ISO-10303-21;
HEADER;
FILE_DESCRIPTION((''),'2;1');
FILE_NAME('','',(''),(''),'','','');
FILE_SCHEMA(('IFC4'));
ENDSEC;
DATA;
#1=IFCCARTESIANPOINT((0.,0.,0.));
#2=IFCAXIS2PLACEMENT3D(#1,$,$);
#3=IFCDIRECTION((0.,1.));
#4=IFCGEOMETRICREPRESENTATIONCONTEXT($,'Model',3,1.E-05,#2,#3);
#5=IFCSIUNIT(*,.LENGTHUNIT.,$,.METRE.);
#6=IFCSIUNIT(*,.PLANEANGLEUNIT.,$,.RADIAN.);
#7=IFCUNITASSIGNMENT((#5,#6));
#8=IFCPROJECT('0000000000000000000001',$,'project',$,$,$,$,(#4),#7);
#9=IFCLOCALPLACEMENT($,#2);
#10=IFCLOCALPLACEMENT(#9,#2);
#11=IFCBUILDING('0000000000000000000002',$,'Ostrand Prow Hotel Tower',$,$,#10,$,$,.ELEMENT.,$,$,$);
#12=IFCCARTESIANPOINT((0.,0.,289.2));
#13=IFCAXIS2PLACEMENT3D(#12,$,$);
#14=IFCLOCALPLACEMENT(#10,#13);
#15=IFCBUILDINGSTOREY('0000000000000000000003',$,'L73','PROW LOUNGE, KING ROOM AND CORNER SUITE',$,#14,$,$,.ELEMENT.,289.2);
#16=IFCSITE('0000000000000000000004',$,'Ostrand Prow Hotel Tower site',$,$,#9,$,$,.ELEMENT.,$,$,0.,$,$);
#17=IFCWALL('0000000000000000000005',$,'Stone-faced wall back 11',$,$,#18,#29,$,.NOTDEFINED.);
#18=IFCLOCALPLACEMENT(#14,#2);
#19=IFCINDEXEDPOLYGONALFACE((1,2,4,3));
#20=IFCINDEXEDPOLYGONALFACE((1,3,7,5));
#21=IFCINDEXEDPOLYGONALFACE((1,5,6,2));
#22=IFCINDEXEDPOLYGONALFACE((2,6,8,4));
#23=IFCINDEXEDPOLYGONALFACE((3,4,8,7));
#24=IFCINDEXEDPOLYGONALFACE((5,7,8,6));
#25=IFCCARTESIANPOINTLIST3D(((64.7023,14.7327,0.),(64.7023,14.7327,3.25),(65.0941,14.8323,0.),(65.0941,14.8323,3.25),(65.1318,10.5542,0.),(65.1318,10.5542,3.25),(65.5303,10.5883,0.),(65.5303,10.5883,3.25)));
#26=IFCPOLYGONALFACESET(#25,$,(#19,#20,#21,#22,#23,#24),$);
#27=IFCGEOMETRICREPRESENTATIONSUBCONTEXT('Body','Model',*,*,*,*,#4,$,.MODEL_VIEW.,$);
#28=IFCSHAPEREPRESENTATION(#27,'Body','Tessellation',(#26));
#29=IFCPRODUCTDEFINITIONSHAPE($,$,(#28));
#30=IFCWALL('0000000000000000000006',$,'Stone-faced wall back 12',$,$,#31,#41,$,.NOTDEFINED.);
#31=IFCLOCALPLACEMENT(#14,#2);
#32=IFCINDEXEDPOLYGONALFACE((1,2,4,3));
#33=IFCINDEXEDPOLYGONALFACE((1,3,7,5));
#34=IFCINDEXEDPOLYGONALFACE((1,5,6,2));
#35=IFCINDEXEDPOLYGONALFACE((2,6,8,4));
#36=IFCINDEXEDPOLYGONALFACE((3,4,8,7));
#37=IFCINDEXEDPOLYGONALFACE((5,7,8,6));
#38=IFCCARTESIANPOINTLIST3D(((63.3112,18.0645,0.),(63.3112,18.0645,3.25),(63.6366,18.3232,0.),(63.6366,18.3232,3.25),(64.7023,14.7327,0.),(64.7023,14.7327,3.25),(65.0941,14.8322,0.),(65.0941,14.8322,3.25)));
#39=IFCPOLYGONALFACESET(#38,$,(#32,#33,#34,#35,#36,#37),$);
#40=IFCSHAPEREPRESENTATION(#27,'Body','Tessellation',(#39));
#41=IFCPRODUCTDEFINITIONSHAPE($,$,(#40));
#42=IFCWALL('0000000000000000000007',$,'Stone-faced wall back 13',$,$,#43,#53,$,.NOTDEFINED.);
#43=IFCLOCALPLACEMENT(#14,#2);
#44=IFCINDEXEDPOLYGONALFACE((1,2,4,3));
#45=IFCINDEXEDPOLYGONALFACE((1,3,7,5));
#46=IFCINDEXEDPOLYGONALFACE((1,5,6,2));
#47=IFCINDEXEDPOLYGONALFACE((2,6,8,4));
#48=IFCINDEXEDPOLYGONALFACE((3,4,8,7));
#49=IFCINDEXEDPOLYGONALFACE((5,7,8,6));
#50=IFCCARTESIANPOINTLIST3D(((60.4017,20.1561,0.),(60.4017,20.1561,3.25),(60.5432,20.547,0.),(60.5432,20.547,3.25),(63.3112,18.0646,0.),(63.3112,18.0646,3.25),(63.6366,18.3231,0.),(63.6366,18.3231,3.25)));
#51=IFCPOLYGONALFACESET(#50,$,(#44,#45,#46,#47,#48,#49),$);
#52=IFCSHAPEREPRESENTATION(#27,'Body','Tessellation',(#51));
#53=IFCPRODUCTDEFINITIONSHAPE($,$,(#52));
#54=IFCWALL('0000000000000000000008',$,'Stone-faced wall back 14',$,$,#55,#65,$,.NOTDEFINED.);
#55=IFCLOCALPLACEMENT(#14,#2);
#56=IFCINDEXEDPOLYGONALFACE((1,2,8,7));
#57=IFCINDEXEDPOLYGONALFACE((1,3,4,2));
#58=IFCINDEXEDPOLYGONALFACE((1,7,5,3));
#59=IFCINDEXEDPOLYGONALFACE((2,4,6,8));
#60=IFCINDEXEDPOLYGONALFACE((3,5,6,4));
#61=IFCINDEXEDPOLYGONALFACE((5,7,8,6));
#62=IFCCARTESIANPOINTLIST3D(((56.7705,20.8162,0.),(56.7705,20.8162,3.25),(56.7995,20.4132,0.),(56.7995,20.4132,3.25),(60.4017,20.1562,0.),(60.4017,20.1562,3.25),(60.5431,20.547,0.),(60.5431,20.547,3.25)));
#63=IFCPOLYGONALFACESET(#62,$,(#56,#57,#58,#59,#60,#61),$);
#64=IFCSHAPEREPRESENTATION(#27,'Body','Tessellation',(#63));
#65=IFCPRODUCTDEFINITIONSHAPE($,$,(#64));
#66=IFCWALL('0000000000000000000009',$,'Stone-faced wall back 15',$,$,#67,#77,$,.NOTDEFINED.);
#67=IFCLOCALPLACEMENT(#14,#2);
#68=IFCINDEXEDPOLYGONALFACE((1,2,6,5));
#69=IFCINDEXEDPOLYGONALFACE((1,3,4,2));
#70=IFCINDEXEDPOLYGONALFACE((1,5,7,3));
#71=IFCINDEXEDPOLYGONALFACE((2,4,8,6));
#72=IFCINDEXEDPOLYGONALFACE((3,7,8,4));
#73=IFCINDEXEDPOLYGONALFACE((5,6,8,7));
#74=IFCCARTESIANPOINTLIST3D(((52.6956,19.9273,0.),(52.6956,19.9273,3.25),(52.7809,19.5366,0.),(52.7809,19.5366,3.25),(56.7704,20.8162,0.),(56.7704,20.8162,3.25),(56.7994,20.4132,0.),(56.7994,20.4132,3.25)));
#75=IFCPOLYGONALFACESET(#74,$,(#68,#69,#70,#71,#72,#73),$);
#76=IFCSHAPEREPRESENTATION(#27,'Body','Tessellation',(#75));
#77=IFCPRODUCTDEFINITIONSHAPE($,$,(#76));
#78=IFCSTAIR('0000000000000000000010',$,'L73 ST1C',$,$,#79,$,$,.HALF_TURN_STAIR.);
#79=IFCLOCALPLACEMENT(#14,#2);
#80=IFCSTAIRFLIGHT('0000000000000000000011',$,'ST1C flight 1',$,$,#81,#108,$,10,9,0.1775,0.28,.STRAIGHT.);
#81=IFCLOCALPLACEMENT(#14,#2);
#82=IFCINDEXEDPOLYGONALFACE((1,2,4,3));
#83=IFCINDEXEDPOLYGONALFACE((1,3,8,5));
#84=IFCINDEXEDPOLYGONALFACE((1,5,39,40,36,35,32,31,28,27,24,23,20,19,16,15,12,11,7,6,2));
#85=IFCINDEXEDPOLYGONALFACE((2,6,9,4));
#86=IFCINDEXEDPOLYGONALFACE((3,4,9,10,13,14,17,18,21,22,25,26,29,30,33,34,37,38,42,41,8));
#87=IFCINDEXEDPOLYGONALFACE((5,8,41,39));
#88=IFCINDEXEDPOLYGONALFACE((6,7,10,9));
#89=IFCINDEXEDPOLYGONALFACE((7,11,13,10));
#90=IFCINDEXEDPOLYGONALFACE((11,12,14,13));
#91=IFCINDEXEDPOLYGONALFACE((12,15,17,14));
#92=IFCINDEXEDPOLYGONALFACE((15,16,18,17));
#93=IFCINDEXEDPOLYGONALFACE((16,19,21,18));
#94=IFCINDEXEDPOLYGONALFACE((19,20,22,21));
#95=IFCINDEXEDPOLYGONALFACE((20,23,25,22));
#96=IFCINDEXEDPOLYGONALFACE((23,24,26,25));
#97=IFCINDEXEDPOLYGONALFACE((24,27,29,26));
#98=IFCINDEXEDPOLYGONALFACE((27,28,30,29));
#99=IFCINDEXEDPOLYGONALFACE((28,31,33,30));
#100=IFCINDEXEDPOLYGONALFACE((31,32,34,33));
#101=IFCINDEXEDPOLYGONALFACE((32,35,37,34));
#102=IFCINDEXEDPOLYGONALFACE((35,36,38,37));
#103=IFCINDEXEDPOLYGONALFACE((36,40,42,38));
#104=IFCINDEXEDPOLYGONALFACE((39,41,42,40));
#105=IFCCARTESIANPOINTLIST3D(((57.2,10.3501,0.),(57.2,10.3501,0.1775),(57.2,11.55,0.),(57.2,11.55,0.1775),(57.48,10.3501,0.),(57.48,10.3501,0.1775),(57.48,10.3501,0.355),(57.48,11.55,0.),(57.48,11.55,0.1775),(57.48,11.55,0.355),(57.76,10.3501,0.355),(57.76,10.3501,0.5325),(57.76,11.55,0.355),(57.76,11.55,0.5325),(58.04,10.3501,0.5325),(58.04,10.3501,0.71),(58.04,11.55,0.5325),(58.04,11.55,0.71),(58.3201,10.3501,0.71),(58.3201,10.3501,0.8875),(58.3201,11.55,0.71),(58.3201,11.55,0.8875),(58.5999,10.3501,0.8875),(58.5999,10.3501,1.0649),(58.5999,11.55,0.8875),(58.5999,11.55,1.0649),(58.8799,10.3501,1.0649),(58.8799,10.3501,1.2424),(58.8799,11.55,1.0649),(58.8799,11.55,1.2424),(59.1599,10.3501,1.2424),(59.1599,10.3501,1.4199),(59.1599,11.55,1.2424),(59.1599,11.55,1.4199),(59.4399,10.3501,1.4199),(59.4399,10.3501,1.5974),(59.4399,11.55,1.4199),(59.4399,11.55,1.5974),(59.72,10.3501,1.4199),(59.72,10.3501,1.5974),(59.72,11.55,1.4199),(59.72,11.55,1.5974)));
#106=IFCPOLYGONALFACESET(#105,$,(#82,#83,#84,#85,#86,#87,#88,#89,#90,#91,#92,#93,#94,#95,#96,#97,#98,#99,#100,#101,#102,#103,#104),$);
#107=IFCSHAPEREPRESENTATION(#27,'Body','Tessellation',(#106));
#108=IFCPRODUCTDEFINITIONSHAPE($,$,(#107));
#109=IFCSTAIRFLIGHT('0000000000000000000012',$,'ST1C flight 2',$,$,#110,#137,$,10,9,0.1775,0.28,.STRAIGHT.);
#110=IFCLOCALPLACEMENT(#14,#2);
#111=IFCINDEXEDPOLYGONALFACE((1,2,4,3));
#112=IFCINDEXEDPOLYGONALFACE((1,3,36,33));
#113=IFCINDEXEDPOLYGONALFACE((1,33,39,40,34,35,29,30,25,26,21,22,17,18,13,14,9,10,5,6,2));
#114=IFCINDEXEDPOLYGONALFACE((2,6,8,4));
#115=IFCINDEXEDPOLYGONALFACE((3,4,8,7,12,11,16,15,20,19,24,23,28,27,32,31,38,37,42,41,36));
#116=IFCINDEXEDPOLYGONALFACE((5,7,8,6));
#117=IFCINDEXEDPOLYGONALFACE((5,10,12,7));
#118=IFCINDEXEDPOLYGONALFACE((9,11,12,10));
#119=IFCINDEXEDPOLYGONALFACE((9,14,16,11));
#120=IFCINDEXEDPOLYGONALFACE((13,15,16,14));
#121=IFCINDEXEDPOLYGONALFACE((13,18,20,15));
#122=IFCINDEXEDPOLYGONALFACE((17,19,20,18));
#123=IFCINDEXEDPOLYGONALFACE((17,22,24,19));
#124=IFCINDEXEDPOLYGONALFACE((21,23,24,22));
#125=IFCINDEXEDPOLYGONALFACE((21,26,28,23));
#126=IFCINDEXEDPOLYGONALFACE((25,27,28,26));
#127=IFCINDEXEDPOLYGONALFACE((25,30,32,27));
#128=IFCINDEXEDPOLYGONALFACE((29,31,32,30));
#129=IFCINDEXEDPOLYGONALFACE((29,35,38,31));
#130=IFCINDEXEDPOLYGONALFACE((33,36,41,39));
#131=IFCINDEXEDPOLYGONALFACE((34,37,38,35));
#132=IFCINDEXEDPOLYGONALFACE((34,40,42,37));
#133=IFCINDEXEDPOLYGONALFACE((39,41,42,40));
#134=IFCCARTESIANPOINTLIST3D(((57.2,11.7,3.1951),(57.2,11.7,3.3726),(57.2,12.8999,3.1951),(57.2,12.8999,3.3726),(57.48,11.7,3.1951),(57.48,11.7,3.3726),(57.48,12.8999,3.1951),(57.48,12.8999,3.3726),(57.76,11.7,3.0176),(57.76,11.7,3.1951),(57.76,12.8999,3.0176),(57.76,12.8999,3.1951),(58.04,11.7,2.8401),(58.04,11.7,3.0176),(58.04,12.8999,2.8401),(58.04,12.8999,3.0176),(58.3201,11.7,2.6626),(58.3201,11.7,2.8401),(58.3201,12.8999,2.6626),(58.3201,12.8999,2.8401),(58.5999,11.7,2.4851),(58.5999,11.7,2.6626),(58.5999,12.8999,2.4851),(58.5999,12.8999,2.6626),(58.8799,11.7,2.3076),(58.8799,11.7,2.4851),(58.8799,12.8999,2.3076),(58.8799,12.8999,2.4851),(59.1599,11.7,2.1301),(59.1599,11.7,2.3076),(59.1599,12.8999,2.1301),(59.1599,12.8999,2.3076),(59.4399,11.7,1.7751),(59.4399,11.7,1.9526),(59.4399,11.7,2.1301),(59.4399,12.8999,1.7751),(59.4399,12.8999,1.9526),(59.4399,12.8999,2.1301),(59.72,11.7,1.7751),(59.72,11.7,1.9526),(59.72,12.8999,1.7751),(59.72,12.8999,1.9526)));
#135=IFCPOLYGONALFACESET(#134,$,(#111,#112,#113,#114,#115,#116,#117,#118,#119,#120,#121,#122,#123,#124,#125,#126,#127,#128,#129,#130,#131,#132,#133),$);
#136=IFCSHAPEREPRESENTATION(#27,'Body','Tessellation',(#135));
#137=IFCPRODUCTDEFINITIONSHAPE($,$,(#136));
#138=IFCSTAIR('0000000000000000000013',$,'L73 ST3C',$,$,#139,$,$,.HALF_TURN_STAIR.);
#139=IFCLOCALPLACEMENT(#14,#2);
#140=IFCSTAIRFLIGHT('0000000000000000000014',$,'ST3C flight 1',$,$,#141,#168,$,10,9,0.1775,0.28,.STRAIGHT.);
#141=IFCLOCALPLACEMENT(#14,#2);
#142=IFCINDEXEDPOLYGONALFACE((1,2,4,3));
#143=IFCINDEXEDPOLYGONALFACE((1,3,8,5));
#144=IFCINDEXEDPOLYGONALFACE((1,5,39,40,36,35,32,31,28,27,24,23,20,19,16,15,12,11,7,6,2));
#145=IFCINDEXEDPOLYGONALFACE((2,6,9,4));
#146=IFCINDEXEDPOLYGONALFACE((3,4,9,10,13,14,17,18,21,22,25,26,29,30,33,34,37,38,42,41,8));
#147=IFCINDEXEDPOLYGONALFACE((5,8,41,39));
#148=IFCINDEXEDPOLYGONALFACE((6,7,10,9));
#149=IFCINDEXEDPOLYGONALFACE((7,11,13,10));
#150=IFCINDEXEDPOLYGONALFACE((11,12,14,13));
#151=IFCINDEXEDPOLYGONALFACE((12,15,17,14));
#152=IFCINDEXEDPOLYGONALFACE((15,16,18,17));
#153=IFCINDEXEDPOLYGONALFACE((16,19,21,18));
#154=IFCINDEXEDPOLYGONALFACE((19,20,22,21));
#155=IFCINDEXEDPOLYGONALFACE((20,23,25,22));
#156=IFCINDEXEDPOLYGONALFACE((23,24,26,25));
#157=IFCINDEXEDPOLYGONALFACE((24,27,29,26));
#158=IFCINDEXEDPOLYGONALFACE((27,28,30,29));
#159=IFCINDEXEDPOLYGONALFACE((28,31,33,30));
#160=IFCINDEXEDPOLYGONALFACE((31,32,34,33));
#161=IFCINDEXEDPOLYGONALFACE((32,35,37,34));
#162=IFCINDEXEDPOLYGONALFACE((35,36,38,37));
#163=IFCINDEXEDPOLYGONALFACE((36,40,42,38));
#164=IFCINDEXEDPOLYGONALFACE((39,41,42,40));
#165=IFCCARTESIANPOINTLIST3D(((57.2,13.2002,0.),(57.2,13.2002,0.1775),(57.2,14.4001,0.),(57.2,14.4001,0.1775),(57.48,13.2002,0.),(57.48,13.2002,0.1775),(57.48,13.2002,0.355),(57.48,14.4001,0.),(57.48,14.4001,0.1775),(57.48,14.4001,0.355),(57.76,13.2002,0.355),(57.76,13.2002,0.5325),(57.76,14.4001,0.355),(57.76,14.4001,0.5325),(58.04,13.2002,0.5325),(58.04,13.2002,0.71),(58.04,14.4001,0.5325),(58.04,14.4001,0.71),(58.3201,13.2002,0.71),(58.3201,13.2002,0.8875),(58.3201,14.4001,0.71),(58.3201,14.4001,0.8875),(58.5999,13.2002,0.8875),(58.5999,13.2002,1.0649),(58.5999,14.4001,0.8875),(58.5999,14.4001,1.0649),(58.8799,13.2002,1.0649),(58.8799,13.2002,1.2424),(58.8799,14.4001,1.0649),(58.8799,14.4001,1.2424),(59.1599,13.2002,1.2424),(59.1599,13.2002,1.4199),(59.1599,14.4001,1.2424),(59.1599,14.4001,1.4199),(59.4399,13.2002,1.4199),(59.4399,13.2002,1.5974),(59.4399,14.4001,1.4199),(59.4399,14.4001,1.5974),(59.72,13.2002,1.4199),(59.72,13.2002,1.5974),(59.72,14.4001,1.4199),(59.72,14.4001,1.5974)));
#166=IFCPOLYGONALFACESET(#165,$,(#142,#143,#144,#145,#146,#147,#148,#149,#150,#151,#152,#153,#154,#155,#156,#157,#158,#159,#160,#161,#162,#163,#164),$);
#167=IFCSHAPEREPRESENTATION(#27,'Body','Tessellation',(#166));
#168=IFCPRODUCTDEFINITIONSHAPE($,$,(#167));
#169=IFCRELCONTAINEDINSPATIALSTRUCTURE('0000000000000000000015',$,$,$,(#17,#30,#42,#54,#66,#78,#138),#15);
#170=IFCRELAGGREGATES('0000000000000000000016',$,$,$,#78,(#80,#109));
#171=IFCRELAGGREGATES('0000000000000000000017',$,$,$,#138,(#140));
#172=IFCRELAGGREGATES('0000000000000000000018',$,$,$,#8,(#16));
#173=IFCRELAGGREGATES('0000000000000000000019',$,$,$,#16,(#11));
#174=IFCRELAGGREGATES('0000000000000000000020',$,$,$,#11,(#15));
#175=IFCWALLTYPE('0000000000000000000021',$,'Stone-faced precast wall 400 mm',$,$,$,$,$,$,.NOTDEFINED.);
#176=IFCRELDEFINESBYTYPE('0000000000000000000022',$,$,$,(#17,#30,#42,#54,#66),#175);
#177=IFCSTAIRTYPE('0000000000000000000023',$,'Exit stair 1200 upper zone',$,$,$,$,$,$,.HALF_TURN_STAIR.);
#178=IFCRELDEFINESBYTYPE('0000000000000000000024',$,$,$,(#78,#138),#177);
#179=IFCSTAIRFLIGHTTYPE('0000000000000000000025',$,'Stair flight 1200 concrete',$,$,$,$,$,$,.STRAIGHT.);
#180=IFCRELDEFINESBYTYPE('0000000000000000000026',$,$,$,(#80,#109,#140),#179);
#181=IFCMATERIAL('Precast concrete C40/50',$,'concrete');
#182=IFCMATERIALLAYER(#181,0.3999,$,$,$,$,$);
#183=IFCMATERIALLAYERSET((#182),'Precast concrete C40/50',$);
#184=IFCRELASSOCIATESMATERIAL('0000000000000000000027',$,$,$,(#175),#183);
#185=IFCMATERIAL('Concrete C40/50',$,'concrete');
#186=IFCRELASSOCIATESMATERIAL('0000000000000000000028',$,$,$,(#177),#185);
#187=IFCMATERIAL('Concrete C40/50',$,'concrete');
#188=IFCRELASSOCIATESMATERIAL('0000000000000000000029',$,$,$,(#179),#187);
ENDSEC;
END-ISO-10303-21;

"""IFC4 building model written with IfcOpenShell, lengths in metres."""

from ifc_helpers import new_model, si_unit, direction, frame, origin, place, context, subcontext, project, spatial, polyline, outline, extrude, material, layer, layer_set, type_object, element, aggregate, save


model = new_model("IFC4")

# Units and contexts
model_context = context("Model", 3, precision=1e-05, world=origin(), true_north=direction((0.0, 1.0)))
body_context = subcontext(model_context, "Body", "Model", "MODEL_VIEW")
ifc_project = project(units=[si_unit("LENGTHUNIT", "METRE"), si_unit("PLANEANGLEUNIT", "RADIAN")], contexts=[model_context])

# Site, building, storey
site_placement = place(None, origin())
site = spatial("IfcSite", under=ifc_project, at=site_placement, Name="Ostrand Prow Hotel Tower site", CompositionType="ELEMENT", RefElevation=0.0)
building_placement = place(site_placement, origin())
building = spatial("IfcBuilding", under=site, at=building_placement, Name="Ostrand Prow Hotel Tower", CompositionType="ELEMENT")
storey_placement = place(building_placement, frame((0.0, 0.0, 289.2)))
storey = spatial("IfcBuildingStorey", under=building, at=storey_placement, Name="L73", Description="PROW LOUNGE, KING ROOM AND CORNER SUITE", CompositionType="ELEMENT", Elevation=289.2)

# Shared definitions
ifc_material_1 = material(Name="Precast concrete C40/50", Category="concrete")
ifc_layer_1 = layer(ifc_material_1, 0.3999)
ifc_layer_set_1 = layer_set([ifc_layer_1], Name="Precast concrete C40/50")
wall_type_1 = type_object("IfcWallType", Name="Stone-faced precast wall 400 mm", PredefinedType="NOTDEFINED", material=ifc_layer_set_1)

# Walls
wall_1_placement = place(storey_placement, frame((65.3311, 10.5713, 0.0), z_axis=(0.0, 0.0, 1.0), x_axis=(-0.10225, 0.994759, 0.0)))
element("IfcWall", 1, at=wall_1_placement, inside=storey, type_object=wall_type_1, Name="Stone-faced wall back 11", PredefinedType="NOTDEFINED", context=body_context, shape_type="SweptSolid", body=[
    extrude(outline(polyline([(-0.0034, -0.2), (4.2629, -0.2), (4.2039, 0.2), (0.0034, 0.2), (-0.0034, -0.2)])), origin(), (0.0, 0.0, 1.0), 3.25),
])
wall_2_placement = place(storey_placement, frame((64.8982, 14.7825, 0.0), z_axis=(0.0, 0.0, 1.0), x_axis=(-0.385286, 0.922797, 0.0)))
element("IfcWall", 2, at=wall_2_placement, inside=storey, type_object=wall_type_1, Name="Stone-faced wall back 12", PredefinedType="NOTDEFINED", context=body_context, shape_type="SweptSolid", body=[
    extrude(outline(polyline([(-0.0295, -0.2), (3.7534, -0.2), (3.6401, 0.2), (0.0295, 0.2), (-0.0295, -0.2)])), origin(), (0.0, 0.0, 1.0), 3.25),
])
wall_3_placement = place(storey_placement, frame((63.4739, 18.1938, 0.0), z_axis=(0.0, 0.0, 1.0), x_axis=(-0.811963, 0.58371, 0.0)))
element("IfcWall", 3, at=wall_3_placement, inside=storey, type_object=wall_type_1, Name="Stone-faced wall back 13", PredefinedType="NOTDEFINED", context=body_context, shape_type="SweptSolid", body=[
    extrude(outline(polyline([(-0.0566, -0.2), (3.7532, -0.2), (3.6399, 0.2), (0.0566, 0.2), (-0.0566, -0.2)])), origin(), (0.0, 0.0, 1.0), 3.25),
])
wall_4_placement = place(storey_placement, frame((60.4724, 20.3516, 0.0), z_axis=(0.0, 0.0, 1.0), x_axis=(-0.997463, 0.071191, 0.0)))
element("IfcWall", 4, at=wall_4_placement, inside=storey, type_object=wall_type_1, Name="Stone-faced wall back 14", PredefinedType="NOTDEFINED", context=body_context, shape_type="SweptSolid", body=[
    extrude(outline(polyline([(-0.0566, -0.2), (3.7256, -0.2), (3.668, 0.2), (0.0566, 0.2), (-0.0566, -0.2)])), origin(), (0.0, 0.0, 1.0), 3.25),
])
wall_5_placement = place(storey_placement, frame((56.7849, 20.6147, 0.0), z_axis=(0.0, 0.0, 1.0), x_axis=(-0.97702, -0.213147, 0.0)))
element("IfcWall", 5, at=wall_5_placement, inside=storey, type_object=wall_type_1, Name="Stone-faced wall back 15", PredefinedType="NOTDEFINED", context=body_context, shape_type="SweptSolid", body=[
    extrude(outline(polyline([(-0.0288, -0.2), (4.1418, -0.2), (4.1418, 0.2), (0.0288, 0.2), (-0.0288, -0.2)])), origin(), (0.0, 0.0, 1.0), 3.25),
])

# Stairs, stair flights
ifc_material_2 = material(Name="Concrete C40/50", Category="concrete")
stair_type = type_object("IfcStairType", Name="Exit stair 1200 upper zone", PredefinedType="HALF_TURN_STAIR", material=ifc_material_2)
stair_1_placement = place(storey_placement, origin())
stair_1 = element("IfcStair", 6, at=stair_1_placement, inside=storey, type_object=stair_type, Name="L73 ST1C", PredefinedType="HALF_TURN_STAIR")
ifc_material_3 = material(Name="Concrete C40/50", Category="concrete")
stair_flight_type = type_object("IfcStairFlightType", Name="Stair flight 1200 concrete", PredefinedType="STRAIGHT", material=ifc_material_3)
stair_flight_1_placement = place(storey_placement, frame((57.2, 10.95, 0.0), z_axis=(0.0, 0.0, 1.0), x_axis=(1.0, 0.0, 0.0)))
stair_flight_1 = element("IfcStairFlight", 7, at=stair_flight_1_placement, type_object=stair_flight_type, Name="ST1C flight 1", NumberOfRisers=10, NumberOfTreads=9, PredefinedType="STRAIGHT", RiserHeight=0.1775, TreadLength=0.28, context=body_context, shape_type="SweptSolid", body=[
    extrude(outline(polyline([(0.0, 0.0), (0.0, 0.1775), (0.28, 0.1775), (0.28, 0.355), (0.5601, 0.355), (0.5601, 0.5325), (0.8401, 0.5325), (0.8401, 0.71), (1.1201, 0.71), (1.1201, 0.8875), (1.3999, 0.8875), (1.3999, 1.0649), (1.6799, 1.0649), (1.6799, 1.2424), (1.96, 1.2424), (1.96, 1.4199), (2.24, 1.4199), (2.24, 1.5974), (2.52, 1.5974), (2.52, 1.7749), (2.52, 1.4199), (0.28, 0.0), (0.0, 0.0)])), frame((0.0, 0.6001, 0.0), z_axis=(0.0, -1.0, 0.0), x_axis=(1.0, 0.0, 0.0)), (0.0, 0.0, 1.0), 1.2),
])
stair_flight_2_placement = place(storey_placement, frame((59.72, 12.3, 1.7751), z_axis=(0.0, 0.0, 1.0), x_axis=(-1.0, 0.0, 0.0)))
stair_flight_2 = element("IfcStairFlight", 8, at=stair_flight_2_placement, type_object=stair_flight_type, Name="ST1C flight 2", NumberOfRisers=10, NumberOfTreads=9, PredefinedType="STRAIGHT", RiserHeight=0.1775, TreadLength=0.28, context=body_context, shape_type="SweptSolid", body=[
    extrude(outline(polyline([(0.0, 0.0), (0.0, 0.1775), (0.28, 0.1775), (0.28, 0.355), (0.5601, 0.355), (0.5601, 0.5325), (0.8401, 0.5325), (0.8401, 0.71), (1.1201, 0.71), (1.1201, 0.8875), (1.3999, 0.8875), (1.3999, 1.0649), (1.6799, 1.0649), (1.6799, 1.2424), (1.96, 1.2424), (1.96, 1.4199), (2.24, 1.4199), (2.24, 1.5974), (2.52, 1.5974), (2.52, 1.7749), (2.52, 1.4199), (0.28, 0.0), (0.0, 0.0)])), frame((0.0, 0.6001, 0.0), z_axis=(0.0, -1.0, 0.0), x_axis=(1.0, 0.0, 0.0)), (0.0, 0.0, 1.0), 1.2),
])
aggregate(stair_1, [stair_flight_1, stair_flight_2])
stair_2_placement = place(storey_placement, origin())
stair_2 = element("IfcStair", 9, at=stair_2_placement, inside=storey, type_object=stair_type, Name="L73 ST3C", PredefinedType="HALF_TURN_STAIR")
stair_flight_3_placement = place(storey_placement, frame((57.2, 13.8, 0.0), z_axis=(0.0, 0.0, 1.0), x_axis=(1.0, 0.0, 0.0)))
stair_flight_3 = element("IfcStairFlight", 10, at=stair_flight_3_placement, type_object=stair_flight_type, Name="ST3C flight 1", NumberOfRisers=10, NumberOfTreads=9, PredefinedType="STRAIGHT", RiserHeight=0.1775, TreadLength=0.28, context=body_context, shape_type="SweptSolid", body=[
    extrude(outline(polyline([(0.0, 0.0), (0.0, 0.1775), (0.28, 0.1775), (0.28, 0.355), (0.5601, 0.355), (0.5601, 0.5325), (0.8401, 0.5325), (0.8401, 0.71), (1.1201, 0.71), (1.1201, 0.8875), (1.3999, 0.8875), (1.3999, 1.0649), (1.6799, 1.0649), (1.6799, 1.2424), (1.96, 1.2424), (1.96, 1.4199), (2.24, 1.4199), (2.24, 1.5974), (2.52, 1.5974), (2.52, 1.7749), (2.52, 1.4199), (0.28, 0.0), (0.0, 0.0)])), frame((0.0, 0.6001, 0.0), z_axis=(0.0, -1.0, 0.0), x_axis=(1.0, 0.0, 0.0)), (0.0, 0.0, 1.0), 1.2),
])
aggregate(stair_2, [stair_flight_3])

save(model, "model.ifc")
